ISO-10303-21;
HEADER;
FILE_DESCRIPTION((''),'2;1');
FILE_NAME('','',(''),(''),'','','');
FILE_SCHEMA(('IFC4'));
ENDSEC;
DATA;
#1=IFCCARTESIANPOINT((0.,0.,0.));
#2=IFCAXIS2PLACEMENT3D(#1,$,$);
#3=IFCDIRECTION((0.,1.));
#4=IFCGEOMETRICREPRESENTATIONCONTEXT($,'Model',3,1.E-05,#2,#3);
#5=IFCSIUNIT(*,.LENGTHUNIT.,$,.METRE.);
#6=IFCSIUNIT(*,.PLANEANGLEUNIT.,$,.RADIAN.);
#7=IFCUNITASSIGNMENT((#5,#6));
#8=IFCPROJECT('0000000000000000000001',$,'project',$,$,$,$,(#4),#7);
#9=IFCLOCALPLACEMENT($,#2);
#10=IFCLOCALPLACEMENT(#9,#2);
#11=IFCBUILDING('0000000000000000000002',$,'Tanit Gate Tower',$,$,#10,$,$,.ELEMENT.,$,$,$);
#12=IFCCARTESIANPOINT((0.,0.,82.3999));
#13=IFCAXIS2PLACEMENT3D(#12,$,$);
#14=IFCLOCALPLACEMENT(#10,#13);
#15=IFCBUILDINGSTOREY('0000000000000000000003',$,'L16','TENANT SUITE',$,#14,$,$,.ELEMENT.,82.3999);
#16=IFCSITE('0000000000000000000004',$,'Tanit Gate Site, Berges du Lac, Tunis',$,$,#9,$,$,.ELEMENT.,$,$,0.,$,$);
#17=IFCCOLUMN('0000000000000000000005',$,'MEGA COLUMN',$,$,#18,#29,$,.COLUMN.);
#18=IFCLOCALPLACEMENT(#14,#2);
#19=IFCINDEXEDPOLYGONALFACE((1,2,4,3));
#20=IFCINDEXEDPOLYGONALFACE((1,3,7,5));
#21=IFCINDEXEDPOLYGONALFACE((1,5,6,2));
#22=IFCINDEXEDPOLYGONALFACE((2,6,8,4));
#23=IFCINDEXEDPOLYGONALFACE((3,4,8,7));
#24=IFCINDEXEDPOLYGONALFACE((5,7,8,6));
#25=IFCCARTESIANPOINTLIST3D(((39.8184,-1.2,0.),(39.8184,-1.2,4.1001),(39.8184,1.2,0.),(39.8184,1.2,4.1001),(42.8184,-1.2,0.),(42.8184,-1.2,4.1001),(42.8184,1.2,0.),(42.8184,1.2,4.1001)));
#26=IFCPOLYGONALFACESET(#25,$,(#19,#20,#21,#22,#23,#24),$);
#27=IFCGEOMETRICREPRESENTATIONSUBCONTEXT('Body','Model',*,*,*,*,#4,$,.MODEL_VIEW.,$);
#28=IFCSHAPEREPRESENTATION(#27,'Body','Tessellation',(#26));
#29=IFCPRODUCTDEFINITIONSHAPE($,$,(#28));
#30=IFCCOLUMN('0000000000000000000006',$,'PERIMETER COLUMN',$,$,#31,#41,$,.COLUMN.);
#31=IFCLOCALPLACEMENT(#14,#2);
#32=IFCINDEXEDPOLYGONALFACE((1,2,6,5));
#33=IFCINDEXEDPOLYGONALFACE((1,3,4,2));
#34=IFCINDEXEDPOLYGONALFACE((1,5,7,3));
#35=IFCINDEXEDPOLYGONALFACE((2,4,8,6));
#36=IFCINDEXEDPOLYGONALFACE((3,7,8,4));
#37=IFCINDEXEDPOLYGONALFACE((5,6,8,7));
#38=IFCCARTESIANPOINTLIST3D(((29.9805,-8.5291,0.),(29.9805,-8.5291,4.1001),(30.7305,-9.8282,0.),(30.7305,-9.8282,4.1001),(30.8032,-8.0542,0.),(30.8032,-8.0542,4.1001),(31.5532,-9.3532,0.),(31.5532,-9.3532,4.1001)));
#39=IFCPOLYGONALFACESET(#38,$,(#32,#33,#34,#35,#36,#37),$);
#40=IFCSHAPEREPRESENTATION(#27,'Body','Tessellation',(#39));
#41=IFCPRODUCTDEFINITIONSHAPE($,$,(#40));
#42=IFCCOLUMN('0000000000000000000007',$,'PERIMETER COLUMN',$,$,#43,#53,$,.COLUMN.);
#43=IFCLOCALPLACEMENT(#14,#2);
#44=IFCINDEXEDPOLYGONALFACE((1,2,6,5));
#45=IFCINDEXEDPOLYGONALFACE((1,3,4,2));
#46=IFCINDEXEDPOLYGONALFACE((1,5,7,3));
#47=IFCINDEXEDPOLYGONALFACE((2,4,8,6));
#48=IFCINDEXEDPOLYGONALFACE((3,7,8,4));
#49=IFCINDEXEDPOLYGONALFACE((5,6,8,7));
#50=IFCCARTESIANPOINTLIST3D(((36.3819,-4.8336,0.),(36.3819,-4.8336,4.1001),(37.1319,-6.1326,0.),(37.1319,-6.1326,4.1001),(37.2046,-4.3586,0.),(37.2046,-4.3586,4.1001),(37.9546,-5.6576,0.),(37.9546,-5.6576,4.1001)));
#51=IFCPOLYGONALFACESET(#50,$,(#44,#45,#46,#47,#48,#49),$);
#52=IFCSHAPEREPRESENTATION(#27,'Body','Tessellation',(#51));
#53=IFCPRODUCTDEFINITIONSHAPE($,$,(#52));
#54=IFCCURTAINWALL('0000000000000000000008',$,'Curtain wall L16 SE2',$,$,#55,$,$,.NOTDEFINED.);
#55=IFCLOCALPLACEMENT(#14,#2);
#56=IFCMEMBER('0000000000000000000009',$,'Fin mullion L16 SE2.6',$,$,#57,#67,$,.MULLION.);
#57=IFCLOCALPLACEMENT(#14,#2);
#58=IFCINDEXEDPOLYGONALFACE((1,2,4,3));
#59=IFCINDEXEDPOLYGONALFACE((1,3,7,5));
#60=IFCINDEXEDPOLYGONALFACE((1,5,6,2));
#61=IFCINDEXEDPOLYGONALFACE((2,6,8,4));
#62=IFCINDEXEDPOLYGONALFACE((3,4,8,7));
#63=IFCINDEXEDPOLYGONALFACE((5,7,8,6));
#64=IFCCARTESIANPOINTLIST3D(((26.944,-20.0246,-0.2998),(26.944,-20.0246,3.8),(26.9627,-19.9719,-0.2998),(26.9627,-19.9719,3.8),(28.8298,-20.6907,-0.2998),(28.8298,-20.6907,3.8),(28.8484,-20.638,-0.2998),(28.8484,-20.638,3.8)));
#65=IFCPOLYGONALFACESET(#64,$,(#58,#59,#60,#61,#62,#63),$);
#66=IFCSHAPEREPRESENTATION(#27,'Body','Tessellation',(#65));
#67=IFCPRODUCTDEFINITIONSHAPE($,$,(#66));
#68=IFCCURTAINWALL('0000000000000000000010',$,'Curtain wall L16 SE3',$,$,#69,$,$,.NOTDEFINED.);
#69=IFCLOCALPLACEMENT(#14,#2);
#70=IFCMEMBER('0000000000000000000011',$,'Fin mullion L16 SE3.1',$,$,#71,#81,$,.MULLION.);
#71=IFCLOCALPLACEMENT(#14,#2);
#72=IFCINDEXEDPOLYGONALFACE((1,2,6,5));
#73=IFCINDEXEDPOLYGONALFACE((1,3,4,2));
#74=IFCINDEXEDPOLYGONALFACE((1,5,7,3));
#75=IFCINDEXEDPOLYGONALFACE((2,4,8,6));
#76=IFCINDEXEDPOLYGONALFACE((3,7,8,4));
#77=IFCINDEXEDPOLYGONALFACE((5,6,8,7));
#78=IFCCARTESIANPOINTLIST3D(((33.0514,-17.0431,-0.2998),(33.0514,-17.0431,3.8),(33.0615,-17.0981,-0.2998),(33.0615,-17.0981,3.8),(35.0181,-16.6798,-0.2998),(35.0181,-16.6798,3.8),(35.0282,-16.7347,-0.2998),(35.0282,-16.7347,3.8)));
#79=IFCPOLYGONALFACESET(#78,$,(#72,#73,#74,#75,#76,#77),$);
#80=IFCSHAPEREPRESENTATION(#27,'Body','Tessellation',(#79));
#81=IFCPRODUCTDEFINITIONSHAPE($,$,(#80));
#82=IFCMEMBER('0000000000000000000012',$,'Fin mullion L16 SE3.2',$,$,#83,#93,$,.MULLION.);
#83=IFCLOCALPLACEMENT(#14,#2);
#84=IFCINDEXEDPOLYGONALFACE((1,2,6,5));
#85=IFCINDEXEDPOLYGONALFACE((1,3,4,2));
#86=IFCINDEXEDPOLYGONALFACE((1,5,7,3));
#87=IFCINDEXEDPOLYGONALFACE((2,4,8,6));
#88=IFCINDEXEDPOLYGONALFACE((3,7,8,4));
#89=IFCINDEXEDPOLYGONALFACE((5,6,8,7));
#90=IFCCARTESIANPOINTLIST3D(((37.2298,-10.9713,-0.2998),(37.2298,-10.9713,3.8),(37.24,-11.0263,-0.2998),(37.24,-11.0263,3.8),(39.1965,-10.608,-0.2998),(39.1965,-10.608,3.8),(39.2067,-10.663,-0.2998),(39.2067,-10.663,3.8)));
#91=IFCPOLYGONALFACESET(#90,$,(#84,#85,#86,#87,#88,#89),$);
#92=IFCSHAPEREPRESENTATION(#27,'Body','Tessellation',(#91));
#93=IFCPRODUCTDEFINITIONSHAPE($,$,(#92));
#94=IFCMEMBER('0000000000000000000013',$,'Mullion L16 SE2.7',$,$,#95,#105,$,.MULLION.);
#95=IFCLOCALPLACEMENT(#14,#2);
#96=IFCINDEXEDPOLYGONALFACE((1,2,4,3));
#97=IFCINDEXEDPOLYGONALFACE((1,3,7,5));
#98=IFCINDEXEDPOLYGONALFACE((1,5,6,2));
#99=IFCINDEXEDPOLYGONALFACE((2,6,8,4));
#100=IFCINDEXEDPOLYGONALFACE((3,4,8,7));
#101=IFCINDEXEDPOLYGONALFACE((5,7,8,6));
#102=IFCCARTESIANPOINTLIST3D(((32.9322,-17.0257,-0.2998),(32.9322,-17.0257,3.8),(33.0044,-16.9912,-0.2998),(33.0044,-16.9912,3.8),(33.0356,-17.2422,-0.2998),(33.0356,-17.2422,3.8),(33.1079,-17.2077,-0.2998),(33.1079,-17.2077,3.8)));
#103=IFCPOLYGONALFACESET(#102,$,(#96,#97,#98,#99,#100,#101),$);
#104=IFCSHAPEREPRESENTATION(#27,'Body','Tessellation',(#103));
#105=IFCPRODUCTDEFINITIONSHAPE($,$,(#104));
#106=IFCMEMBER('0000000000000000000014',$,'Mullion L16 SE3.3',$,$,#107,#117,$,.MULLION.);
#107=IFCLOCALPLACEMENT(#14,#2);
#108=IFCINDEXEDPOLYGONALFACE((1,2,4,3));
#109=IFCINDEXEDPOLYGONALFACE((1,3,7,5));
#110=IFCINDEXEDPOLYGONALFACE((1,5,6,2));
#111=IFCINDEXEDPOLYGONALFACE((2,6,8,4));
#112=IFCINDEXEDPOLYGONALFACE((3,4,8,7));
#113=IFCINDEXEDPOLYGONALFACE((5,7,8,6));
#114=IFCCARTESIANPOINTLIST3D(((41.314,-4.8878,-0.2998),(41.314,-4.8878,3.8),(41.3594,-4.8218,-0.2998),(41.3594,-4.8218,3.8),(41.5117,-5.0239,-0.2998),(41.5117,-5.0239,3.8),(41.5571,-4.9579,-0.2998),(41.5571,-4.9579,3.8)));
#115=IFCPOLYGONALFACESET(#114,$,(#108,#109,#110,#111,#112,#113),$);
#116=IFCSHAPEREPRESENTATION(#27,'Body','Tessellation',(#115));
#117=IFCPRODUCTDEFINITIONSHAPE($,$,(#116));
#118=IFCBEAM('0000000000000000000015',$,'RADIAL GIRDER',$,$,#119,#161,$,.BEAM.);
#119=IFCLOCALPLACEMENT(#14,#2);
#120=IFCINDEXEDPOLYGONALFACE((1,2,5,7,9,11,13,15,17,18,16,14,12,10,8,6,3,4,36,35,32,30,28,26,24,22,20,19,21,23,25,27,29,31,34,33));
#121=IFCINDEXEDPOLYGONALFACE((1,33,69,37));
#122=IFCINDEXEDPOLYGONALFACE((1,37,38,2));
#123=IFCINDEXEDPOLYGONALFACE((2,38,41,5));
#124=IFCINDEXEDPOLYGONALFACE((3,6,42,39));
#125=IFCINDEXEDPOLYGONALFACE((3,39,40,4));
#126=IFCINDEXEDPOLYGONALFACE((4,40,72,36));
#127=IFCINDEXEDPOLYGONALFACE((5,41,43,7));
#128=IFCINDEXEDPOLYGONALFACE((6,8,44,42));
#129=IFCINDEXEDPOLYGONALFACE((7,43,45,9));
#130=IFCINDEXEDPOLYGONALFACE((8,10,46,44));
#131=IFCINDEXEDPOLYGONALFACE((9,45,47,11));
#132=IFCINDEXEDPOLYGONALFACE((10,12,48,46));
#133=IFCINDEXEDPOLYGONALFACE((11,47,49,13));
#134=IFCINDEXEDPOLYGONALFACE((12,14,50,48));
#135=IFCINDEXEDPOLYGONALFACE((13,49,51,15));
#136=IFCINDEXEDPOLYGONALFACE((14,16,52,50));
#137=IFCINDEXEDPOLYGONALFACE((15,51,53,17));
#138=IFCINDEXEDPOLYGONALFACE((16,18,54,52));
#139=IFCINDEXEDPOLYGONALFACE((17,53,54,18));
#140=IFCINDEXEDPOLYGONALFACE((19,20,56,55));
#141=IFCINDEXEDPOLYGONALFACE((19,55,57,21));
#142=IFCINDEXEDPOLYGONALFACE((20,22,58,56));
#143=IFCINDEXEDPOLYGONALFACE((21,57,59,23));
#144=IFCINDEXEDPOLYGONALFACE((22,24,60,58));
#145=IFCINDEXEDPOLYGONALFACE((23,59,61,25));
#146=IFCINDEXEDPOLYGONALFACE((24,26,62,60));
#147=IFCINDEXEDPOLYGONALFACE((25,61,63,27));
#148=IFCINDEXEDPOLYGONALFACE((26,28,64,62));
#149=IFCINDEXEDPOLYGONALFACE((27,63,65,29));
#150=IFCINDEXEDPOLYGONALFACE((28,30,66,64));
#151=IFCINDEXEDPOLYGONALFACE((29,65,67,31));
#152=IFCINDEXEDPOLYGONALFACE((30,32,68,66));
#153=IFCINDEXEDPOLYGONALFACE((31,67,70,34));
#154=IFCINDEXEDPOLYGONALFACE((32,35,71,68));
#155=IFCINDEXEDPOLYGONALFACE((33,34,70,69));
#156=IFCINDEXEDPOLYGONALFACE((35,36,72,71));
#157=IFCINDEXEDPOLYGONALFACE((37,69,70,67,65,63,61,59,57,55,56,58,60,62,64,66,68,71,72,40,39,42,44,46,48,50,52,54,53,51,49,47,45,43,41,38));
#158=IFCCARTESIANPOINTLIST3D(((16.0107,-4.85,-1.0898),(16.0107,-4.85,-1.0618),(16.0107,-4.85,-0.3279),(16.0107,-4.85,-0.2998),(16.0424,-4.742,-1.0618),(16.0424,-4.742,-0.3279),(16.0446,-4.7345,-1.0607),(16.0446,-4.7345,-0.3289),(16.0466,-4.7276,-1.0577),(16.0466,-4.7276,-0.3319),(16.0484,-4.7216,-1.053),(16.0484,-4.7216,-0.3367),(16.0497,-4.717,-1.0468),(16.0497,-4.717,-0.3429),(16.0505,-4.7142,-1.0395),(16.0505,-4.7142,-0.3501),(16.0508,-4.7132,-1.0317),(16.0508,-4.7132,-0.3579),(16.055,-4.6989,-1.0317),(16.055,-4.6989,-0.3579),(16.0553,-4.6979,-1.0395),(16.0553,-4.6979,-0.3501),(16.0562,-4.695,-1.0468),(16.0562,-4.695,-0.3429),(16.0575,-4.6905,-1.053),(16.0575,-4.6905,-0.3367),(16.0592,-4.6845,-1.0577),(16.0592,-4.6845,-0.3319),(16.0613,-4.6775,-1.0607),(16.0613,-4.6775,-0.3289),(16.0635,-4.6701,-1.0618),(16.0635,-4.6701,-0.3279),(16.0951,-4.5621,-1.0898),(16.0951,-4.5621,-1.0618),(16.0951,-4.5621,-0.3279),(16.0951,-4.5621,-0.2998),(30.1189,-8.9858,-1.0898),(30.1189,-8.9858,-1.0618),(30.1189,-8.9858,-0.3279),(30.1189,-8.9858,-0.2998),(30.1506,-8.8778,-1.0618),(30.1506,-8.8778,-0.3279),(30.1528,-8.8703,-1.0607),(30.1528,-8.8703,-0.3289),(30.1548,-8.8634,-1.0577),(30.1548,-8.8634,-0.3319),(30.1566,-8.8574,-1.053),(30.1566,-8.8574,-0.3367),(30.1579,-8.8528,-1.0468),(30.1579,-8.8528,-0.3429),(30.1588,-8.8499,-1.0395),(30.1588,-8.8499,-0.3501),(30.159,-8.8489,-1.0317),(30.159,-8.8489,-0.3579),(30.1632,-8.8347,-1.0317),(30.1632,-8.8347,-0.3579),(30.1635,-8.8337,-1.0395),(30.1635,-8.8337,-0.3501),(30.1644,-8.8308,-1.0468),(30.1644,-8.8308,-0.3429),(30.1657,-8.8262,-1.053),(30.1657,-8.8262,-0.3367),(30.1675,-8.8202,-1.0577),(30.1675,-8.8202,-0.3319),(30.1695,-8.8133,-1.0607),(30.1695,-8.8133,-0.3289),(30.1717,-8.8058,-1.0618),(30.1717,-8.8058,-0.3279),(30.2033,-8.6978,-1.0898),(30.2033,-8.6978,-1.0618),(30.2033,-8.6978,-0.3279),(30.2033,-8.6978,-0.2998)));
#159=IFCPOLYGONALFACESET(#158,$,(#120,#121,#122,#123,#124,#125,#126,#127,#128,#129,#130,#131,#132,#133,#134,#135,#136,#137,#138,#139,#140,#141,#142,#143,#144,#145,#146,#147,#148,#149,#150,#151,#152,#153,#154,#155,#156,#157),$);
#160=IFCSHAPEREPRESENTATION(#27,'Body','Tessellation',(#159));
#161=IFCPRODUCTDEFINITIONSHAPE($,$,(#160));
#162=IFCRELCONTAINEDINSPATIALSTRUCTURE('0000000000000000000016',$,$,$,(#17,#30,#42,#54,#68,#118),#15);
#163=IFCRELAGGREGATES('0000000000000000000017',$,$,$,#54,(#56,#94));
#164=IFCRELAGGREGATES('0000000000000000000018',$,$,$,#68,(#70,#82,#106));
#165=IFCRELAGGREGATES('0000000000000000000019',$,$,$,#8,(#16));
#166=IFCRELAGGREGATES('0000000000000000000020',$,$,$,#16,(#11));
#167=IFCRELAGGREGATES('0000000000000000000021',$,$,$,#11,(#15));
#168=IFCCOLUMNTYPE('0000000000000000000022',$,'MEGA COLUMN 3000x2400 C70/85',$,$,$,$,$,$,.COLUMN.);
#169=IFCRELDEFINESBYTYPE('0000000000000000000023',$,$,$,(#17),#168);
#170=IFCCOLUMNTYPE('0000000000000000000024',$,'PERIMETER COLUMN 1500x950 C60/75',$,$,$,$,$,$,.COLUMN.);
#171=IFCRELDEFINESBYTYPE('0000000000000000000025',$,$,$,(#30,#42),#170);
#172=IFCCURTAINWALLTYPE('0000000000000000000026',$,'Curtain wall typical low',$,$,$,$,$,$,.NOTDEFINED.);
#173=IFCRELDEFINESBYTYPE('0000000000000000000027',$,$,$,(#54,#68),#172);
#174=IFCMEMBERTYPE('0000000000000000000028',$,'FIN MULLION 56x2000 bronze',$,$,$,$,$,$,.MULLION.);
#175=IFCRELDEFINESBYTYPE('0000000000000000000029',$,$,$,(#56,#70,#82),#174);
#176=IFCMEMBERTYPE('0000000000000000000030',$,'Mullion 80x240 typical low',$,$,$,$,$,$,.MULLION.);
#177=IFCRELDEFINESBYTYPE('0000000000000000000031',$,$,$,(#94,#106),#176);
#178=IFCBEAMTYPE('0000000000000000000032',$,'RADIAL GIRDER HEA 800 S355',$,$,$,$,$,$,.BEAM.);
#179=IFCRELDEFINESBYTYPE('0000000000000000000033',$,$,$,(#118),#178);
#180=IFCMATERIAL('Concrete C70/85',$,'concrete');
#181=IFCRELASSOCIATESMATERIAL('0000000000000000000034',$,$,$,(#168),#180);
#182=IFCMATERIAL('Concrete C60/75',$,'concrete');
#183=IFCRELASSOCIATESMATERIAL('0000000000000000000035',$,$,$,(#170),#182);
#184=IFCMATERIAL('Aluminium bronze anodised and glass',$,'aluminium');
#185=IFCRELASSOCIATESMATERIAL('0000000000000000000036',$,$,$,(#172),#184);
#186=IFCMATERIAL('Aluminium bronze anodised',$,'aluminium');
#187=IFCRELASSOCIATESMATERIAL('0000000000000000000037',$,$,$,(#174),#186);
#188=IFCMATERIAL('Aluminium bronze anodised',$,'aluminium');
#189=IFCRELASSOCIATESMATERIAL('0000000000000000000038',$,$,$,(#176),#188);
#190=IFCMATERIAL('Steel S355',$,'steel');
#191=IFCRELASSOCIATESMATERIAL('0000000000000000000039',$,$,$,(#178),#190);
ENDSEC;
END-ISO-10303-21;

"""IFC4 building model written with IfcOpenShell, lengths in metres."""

from ifc_helpers import new_model, si_unit, direction, frame, origin, origin_2d, place, context, subcontext, project, spatial, rectangle, i_section, extrude, material, material_profile, profile_set, type_object, element, aggregate, save


model = new_model("IFC4")

# Units and contexts
model_context = context("Model", 3, precision=1e-05, world=origin(), true_north=direction((0.0, 1.0)))
body_context = subcontext(model_context, "Body", "Model", "MODEL_VIEW")
ifc_project = project(units=[si_unit("LENGTHUNIT", "METRE"), si_unit("PLANEANGLEUNIT", "RADIAN")], contexts=[model_context])

# Site, building, storey
site_placement = place(None, origin())
site = spatial("IfcSite", under=ifc_project, at=site_placement, Name="Tanit Gate Site, Berges du Lac, Tunis", CompositionType="ELEMENT", RefElevation=0.0)
building_placement = place(site_placement, origin())
building = spatial("IfcBuilding", under=site, at=building_placement, Name="Tanit Gate Tower", CompositionType="ELEMENT")
storey_placement = place(building_placement, frame((0.0, 0.0, 82.3999)))
storey = spatial("IfcBuildingStorey", under=building, at=storey_placement, Name="L16", Description="TENANT SUITE", CompositionType="ELEMENT", Elevation=82.3999)

# Columns
ifc_material_1 = material(Name="Concrete C70/85", Category="concrete")
ifc_material_profile_1 = material_profile(ifc_material_1, rectangle(XDim=3.0, YDim=2.3999, at=origin_2d()), Name="RC 3000x2400")
ifc_profile_set_1 = profile_set([ifc_material_profile_1], Name="Concrete C70/85")
column_type_1 = type_object("IfcColumnType", Name="MEGA COLUMN 3000x2400 C70/85", PredefinedType="COLUMN", material=ifc_profile_set_1)
column_placement = place(storey_placement, frame((41.3184, 0.0, 0.0), z_axis=(0.0, 0.0, 1.0), x_axis=(1.0, 0.0, 0.0)))
element("IfcColumn", 1, at=column_placement, inside=storey, type_object=column_type_1, Name="MEGA COLUMN", PredefinedType="COLUMN", context=body_context, shape_type="SweptSolid", body=[
    extrude(rectangle(XDim=3.0, YDim=2.3999, at=origin_2d()), origin(), (0.0, 0.0, 1.0), 4.1001),
])
ifc_material_2 = material(Name="Concrete C60/75", Category="concrete")
ifc_material_profile_2 = material_profile(ifc_material_2, rectangle(XDim=1.5, YDim=0.95, at=origin_2d()), Name="RC 1500x950")
ifc_profile_set_2 = profile_set([ifc_material_profile_2], Name="Concrete C60/75")
column_type_2 = type_object("IfcColumnType", Name="PERIMETER COLUMN 1500x950 C60/75", PredefinedType="COLUMN", material=ifc_profile_set_2)
for number, where, z_axis, x_axis, name in (
    (2, (30.7668, -8.9412, 0.0), (0.0, 0.0, 1.0), (0.5, -0.866025, 0.0), "PERIMETER COLUMN"),
    (3, (37.1682, -5.2456, 0.0), (0.0, 0.0, 1.0), (0.5, -0.866025, 0.0), "PERIMETER COLUMN"),
):
    element("IfcColumn", number, at=place(storey_placement, frame(where, z_axis=z_axis, x_axis=x_axis)), inside=storey, type_object=column_type_2, Name=name, PredefinedType="COLUMN", context=body_context, shape_type="SweptSolid", body=[
        extrude(rectangle(XDim=1.5, YDim=0.95, at=origin_2d()), origin(), (0.0, 0.0, 1.0), 4.1001),
    ])

# Curtain wall, member
ifc_material_3 = material(Name="Aluminium bronze anodised and glass", Category="aluminium")
curtain_wall_type = type_object("IfcCurtainWallType", Name="Curtain wall typical low", PredefinedType="NOTDEFINED", material=ifc_material_3)
curtain_wall_1_placement = place(storey_placement, origin())
curtain_wall_1 = element("IfcCurtainWall", 4, at=curtain_wall_1_placement, inside=storey, type_object=curtain_wall_type, Name="Curtain wall L16 SE2", PredefinedType="NOTDEFINED")
ifc_material_4 = material(Name="Aluminium bronze anodised", Category="aluminium")
ifc_material_profile_3 = material_profile(ifc_material_4, rectangle(XDim=2.0, YDim=0.0559, at=origin_2d()), Name="56x2000 bronze fin mullion")
ifc_profile_set_3 = profile_set([ifc_material_profile_3], Name="Aluminium bronze anodised")
member_type_1 = type_object("IfcMemberType", Name="FIN MULLION 56x2000 bronze", PredefinedType="MULLION", material=ifc_profile_set_3)
member_1_placement = place(storey_placement, frame((27.8962, -20.3313, -0.2998), z_axis=(0.0, 0.0, 1.0), x_axis=(-0.942895, 0.33309, 0.0)))
member_1 = element("IfcMember", 5, at=member_1_placement, type_object=member_type_1, Name="Fin mullion L16 SE2.6", PredefinedType="MULLION", context=body_context, shape_type="SweptSolid", body=[
    extrude(rectangle(XDim=2.0, YDim=0.0559, at=origin_2d()), origin(), (0.0, 0.0, 1.0), 4.0999),
])

# Curtain wall, members
curtain_wall_2_placement = place(storey_placement, origin())
curtain_wall_2 = element("IfcCurtainWall", 6, at=curtain_wall_2_placement, inside=storey, type_object=curtain_wall_type, Name="Curtain wall L16 SE3", PredefinedType="NOTDEFINED")
member_2_placement = place(storey_placement, frame((34.0398, -16.8889, -0.2998), z_axis=(0.0, 0.0, 1.0), x_axis=(-0.983362, -0.181658, 0.0)))
member_2 = element("IfcMember", 7, at=member_2_placement, type_object=member_type_1, Name="Fin mullion L16 SE3.1", PredefinedType="MULLION", context=body_context, shape_type="SweptSolid", body=[
    extrude(rectangle(XDim=2.0, YDim=0.0559, at=origin_2d()), origin(), (0.0, 0.0, 1.0), 4.0999),
])
member_3_placement = place(storey_placement, frame((38.2183, -10.8171, -0.2998), z_axis=(0.0, 0.0, 1.0), x_axis=(-0.983362, -0.181658, 0.0)))
member_3 = element("IfcMember", 8, at=member_3_placement, type_object=member_type_1, Name="Fin mullion L16 SE3.2", PredefinedType="MULLION", context=body_context, shape_type="SweptSolid", body=[
    extrude(rectangle(XDim=2.0, YDim=0.0559, at=origin_2d()), origin(), (0.0, 0.0, 1.0), 4.0999),
])

# Members
ifc_material_5 = material(Name="Aluminium bronze anodised", Category="aluminium")
ifc_material_profile_4 = material_profile(ifc_material_5, rectangle(XDim=0.24, YDim=0.0801, at=origin_2d()), Name="80x240 bronze mullion")
ifc_profile_set_4 = profile_set([ifc_material_profile_4], Name="Aluminium bronze anodised")
member_type_2 = type_object("IfcMemberType", Name="Mullion 80x240 typical low", PredefinedType="MULLION", material=ifc_profile_set_4)
member_4_placement = place(storey_placement, frame((33.02, -17.1167, -0.2998), z_axis=(0.0, 0.0, 1.0), x_axis=(-0.431197, 0.902258, 0.0)))
member_4 = element("IfcMember", 9, at=member_4_placement, type_object=member_type_2, Name="Mullion L16 SE2.7", PredefinedType="MULLION", context=body_context, shape_type="SweptSolid", body=[
    extrude(rectangle(XDim=0.24, YDim=0.0801, at=origin_2d()), origin(), (0.0, 0.0, 1.0), 4.0999),
])
member_5_placement = place(storey_placement, frame((41.4355, -4.9229, -0.2998), z_axis=(0.0, 0.0, 1.0), x_axis=(-0.823793, 0.56689, 0.0)))
member_5 = element("IfcMember", 10, at=member_5_placement, type_object=member_type_2, Name="Mullion L16 SE3.3", PredefinedType="MULLION", context=body_context, shape_type="SweptSolid", body=[
    extrude(rectangle(XDim=0.24, YDim=0.0801, at=origin_2d()), origin(), (0.0, 0.0, 1.0), 4.0999),
])

# Beam
ifc_material_6 = material(Name="Steel S355", Category="steel")
ifc_material_profile_5 = material_profile(ifc_material_6, i_section(OverallWidth=0.3, OverallDepth=0.79, WebThickness=0.0149, FlangeThickness=0.0281, FilletRadius=0.03, at=origin_2d()), Name="HEA 800")
ifc_profile_set_5 = profile_set([ifc_material_profile_5], Name="Steel S355")
beam_type_1 = type_object("IfcBeamType", Name="RADIAL GIRDER HEA 800 S355", PredefinedType="BEAM", material=ifc_profile_set_5)
beam_1_placement = place(storey_placement, frame((30.1611, -8.8418, -0.6948), z_axis=(-0.959618, 0.281308, 0.0), x_axis=(-0.281308, -0.959618, 0.0)))
element("IfcBeam", 11, at=beam_1_placement, inside=storey, type_object=beam_type_1, Name="RADIAL GIRDER", PredefinedType="BEAM", context=body_context, shape_type="SweptSolid", body=[
    extrude(i_section(OverallWidth=0.3, OverallDepth=0.79, WebThickness=0.0149, FlangeThickness=0.0281, FilletRadius=0.03, at=origin_2d()), origin(), (0.0, 0.0, 1.0), 14.7019),
])

aggregate(curtain_wall_1, [member_1, member_4])
aggregate(curtain_wall_2, [member_2, member_3, member_5])

save(model, "model.ifc")
